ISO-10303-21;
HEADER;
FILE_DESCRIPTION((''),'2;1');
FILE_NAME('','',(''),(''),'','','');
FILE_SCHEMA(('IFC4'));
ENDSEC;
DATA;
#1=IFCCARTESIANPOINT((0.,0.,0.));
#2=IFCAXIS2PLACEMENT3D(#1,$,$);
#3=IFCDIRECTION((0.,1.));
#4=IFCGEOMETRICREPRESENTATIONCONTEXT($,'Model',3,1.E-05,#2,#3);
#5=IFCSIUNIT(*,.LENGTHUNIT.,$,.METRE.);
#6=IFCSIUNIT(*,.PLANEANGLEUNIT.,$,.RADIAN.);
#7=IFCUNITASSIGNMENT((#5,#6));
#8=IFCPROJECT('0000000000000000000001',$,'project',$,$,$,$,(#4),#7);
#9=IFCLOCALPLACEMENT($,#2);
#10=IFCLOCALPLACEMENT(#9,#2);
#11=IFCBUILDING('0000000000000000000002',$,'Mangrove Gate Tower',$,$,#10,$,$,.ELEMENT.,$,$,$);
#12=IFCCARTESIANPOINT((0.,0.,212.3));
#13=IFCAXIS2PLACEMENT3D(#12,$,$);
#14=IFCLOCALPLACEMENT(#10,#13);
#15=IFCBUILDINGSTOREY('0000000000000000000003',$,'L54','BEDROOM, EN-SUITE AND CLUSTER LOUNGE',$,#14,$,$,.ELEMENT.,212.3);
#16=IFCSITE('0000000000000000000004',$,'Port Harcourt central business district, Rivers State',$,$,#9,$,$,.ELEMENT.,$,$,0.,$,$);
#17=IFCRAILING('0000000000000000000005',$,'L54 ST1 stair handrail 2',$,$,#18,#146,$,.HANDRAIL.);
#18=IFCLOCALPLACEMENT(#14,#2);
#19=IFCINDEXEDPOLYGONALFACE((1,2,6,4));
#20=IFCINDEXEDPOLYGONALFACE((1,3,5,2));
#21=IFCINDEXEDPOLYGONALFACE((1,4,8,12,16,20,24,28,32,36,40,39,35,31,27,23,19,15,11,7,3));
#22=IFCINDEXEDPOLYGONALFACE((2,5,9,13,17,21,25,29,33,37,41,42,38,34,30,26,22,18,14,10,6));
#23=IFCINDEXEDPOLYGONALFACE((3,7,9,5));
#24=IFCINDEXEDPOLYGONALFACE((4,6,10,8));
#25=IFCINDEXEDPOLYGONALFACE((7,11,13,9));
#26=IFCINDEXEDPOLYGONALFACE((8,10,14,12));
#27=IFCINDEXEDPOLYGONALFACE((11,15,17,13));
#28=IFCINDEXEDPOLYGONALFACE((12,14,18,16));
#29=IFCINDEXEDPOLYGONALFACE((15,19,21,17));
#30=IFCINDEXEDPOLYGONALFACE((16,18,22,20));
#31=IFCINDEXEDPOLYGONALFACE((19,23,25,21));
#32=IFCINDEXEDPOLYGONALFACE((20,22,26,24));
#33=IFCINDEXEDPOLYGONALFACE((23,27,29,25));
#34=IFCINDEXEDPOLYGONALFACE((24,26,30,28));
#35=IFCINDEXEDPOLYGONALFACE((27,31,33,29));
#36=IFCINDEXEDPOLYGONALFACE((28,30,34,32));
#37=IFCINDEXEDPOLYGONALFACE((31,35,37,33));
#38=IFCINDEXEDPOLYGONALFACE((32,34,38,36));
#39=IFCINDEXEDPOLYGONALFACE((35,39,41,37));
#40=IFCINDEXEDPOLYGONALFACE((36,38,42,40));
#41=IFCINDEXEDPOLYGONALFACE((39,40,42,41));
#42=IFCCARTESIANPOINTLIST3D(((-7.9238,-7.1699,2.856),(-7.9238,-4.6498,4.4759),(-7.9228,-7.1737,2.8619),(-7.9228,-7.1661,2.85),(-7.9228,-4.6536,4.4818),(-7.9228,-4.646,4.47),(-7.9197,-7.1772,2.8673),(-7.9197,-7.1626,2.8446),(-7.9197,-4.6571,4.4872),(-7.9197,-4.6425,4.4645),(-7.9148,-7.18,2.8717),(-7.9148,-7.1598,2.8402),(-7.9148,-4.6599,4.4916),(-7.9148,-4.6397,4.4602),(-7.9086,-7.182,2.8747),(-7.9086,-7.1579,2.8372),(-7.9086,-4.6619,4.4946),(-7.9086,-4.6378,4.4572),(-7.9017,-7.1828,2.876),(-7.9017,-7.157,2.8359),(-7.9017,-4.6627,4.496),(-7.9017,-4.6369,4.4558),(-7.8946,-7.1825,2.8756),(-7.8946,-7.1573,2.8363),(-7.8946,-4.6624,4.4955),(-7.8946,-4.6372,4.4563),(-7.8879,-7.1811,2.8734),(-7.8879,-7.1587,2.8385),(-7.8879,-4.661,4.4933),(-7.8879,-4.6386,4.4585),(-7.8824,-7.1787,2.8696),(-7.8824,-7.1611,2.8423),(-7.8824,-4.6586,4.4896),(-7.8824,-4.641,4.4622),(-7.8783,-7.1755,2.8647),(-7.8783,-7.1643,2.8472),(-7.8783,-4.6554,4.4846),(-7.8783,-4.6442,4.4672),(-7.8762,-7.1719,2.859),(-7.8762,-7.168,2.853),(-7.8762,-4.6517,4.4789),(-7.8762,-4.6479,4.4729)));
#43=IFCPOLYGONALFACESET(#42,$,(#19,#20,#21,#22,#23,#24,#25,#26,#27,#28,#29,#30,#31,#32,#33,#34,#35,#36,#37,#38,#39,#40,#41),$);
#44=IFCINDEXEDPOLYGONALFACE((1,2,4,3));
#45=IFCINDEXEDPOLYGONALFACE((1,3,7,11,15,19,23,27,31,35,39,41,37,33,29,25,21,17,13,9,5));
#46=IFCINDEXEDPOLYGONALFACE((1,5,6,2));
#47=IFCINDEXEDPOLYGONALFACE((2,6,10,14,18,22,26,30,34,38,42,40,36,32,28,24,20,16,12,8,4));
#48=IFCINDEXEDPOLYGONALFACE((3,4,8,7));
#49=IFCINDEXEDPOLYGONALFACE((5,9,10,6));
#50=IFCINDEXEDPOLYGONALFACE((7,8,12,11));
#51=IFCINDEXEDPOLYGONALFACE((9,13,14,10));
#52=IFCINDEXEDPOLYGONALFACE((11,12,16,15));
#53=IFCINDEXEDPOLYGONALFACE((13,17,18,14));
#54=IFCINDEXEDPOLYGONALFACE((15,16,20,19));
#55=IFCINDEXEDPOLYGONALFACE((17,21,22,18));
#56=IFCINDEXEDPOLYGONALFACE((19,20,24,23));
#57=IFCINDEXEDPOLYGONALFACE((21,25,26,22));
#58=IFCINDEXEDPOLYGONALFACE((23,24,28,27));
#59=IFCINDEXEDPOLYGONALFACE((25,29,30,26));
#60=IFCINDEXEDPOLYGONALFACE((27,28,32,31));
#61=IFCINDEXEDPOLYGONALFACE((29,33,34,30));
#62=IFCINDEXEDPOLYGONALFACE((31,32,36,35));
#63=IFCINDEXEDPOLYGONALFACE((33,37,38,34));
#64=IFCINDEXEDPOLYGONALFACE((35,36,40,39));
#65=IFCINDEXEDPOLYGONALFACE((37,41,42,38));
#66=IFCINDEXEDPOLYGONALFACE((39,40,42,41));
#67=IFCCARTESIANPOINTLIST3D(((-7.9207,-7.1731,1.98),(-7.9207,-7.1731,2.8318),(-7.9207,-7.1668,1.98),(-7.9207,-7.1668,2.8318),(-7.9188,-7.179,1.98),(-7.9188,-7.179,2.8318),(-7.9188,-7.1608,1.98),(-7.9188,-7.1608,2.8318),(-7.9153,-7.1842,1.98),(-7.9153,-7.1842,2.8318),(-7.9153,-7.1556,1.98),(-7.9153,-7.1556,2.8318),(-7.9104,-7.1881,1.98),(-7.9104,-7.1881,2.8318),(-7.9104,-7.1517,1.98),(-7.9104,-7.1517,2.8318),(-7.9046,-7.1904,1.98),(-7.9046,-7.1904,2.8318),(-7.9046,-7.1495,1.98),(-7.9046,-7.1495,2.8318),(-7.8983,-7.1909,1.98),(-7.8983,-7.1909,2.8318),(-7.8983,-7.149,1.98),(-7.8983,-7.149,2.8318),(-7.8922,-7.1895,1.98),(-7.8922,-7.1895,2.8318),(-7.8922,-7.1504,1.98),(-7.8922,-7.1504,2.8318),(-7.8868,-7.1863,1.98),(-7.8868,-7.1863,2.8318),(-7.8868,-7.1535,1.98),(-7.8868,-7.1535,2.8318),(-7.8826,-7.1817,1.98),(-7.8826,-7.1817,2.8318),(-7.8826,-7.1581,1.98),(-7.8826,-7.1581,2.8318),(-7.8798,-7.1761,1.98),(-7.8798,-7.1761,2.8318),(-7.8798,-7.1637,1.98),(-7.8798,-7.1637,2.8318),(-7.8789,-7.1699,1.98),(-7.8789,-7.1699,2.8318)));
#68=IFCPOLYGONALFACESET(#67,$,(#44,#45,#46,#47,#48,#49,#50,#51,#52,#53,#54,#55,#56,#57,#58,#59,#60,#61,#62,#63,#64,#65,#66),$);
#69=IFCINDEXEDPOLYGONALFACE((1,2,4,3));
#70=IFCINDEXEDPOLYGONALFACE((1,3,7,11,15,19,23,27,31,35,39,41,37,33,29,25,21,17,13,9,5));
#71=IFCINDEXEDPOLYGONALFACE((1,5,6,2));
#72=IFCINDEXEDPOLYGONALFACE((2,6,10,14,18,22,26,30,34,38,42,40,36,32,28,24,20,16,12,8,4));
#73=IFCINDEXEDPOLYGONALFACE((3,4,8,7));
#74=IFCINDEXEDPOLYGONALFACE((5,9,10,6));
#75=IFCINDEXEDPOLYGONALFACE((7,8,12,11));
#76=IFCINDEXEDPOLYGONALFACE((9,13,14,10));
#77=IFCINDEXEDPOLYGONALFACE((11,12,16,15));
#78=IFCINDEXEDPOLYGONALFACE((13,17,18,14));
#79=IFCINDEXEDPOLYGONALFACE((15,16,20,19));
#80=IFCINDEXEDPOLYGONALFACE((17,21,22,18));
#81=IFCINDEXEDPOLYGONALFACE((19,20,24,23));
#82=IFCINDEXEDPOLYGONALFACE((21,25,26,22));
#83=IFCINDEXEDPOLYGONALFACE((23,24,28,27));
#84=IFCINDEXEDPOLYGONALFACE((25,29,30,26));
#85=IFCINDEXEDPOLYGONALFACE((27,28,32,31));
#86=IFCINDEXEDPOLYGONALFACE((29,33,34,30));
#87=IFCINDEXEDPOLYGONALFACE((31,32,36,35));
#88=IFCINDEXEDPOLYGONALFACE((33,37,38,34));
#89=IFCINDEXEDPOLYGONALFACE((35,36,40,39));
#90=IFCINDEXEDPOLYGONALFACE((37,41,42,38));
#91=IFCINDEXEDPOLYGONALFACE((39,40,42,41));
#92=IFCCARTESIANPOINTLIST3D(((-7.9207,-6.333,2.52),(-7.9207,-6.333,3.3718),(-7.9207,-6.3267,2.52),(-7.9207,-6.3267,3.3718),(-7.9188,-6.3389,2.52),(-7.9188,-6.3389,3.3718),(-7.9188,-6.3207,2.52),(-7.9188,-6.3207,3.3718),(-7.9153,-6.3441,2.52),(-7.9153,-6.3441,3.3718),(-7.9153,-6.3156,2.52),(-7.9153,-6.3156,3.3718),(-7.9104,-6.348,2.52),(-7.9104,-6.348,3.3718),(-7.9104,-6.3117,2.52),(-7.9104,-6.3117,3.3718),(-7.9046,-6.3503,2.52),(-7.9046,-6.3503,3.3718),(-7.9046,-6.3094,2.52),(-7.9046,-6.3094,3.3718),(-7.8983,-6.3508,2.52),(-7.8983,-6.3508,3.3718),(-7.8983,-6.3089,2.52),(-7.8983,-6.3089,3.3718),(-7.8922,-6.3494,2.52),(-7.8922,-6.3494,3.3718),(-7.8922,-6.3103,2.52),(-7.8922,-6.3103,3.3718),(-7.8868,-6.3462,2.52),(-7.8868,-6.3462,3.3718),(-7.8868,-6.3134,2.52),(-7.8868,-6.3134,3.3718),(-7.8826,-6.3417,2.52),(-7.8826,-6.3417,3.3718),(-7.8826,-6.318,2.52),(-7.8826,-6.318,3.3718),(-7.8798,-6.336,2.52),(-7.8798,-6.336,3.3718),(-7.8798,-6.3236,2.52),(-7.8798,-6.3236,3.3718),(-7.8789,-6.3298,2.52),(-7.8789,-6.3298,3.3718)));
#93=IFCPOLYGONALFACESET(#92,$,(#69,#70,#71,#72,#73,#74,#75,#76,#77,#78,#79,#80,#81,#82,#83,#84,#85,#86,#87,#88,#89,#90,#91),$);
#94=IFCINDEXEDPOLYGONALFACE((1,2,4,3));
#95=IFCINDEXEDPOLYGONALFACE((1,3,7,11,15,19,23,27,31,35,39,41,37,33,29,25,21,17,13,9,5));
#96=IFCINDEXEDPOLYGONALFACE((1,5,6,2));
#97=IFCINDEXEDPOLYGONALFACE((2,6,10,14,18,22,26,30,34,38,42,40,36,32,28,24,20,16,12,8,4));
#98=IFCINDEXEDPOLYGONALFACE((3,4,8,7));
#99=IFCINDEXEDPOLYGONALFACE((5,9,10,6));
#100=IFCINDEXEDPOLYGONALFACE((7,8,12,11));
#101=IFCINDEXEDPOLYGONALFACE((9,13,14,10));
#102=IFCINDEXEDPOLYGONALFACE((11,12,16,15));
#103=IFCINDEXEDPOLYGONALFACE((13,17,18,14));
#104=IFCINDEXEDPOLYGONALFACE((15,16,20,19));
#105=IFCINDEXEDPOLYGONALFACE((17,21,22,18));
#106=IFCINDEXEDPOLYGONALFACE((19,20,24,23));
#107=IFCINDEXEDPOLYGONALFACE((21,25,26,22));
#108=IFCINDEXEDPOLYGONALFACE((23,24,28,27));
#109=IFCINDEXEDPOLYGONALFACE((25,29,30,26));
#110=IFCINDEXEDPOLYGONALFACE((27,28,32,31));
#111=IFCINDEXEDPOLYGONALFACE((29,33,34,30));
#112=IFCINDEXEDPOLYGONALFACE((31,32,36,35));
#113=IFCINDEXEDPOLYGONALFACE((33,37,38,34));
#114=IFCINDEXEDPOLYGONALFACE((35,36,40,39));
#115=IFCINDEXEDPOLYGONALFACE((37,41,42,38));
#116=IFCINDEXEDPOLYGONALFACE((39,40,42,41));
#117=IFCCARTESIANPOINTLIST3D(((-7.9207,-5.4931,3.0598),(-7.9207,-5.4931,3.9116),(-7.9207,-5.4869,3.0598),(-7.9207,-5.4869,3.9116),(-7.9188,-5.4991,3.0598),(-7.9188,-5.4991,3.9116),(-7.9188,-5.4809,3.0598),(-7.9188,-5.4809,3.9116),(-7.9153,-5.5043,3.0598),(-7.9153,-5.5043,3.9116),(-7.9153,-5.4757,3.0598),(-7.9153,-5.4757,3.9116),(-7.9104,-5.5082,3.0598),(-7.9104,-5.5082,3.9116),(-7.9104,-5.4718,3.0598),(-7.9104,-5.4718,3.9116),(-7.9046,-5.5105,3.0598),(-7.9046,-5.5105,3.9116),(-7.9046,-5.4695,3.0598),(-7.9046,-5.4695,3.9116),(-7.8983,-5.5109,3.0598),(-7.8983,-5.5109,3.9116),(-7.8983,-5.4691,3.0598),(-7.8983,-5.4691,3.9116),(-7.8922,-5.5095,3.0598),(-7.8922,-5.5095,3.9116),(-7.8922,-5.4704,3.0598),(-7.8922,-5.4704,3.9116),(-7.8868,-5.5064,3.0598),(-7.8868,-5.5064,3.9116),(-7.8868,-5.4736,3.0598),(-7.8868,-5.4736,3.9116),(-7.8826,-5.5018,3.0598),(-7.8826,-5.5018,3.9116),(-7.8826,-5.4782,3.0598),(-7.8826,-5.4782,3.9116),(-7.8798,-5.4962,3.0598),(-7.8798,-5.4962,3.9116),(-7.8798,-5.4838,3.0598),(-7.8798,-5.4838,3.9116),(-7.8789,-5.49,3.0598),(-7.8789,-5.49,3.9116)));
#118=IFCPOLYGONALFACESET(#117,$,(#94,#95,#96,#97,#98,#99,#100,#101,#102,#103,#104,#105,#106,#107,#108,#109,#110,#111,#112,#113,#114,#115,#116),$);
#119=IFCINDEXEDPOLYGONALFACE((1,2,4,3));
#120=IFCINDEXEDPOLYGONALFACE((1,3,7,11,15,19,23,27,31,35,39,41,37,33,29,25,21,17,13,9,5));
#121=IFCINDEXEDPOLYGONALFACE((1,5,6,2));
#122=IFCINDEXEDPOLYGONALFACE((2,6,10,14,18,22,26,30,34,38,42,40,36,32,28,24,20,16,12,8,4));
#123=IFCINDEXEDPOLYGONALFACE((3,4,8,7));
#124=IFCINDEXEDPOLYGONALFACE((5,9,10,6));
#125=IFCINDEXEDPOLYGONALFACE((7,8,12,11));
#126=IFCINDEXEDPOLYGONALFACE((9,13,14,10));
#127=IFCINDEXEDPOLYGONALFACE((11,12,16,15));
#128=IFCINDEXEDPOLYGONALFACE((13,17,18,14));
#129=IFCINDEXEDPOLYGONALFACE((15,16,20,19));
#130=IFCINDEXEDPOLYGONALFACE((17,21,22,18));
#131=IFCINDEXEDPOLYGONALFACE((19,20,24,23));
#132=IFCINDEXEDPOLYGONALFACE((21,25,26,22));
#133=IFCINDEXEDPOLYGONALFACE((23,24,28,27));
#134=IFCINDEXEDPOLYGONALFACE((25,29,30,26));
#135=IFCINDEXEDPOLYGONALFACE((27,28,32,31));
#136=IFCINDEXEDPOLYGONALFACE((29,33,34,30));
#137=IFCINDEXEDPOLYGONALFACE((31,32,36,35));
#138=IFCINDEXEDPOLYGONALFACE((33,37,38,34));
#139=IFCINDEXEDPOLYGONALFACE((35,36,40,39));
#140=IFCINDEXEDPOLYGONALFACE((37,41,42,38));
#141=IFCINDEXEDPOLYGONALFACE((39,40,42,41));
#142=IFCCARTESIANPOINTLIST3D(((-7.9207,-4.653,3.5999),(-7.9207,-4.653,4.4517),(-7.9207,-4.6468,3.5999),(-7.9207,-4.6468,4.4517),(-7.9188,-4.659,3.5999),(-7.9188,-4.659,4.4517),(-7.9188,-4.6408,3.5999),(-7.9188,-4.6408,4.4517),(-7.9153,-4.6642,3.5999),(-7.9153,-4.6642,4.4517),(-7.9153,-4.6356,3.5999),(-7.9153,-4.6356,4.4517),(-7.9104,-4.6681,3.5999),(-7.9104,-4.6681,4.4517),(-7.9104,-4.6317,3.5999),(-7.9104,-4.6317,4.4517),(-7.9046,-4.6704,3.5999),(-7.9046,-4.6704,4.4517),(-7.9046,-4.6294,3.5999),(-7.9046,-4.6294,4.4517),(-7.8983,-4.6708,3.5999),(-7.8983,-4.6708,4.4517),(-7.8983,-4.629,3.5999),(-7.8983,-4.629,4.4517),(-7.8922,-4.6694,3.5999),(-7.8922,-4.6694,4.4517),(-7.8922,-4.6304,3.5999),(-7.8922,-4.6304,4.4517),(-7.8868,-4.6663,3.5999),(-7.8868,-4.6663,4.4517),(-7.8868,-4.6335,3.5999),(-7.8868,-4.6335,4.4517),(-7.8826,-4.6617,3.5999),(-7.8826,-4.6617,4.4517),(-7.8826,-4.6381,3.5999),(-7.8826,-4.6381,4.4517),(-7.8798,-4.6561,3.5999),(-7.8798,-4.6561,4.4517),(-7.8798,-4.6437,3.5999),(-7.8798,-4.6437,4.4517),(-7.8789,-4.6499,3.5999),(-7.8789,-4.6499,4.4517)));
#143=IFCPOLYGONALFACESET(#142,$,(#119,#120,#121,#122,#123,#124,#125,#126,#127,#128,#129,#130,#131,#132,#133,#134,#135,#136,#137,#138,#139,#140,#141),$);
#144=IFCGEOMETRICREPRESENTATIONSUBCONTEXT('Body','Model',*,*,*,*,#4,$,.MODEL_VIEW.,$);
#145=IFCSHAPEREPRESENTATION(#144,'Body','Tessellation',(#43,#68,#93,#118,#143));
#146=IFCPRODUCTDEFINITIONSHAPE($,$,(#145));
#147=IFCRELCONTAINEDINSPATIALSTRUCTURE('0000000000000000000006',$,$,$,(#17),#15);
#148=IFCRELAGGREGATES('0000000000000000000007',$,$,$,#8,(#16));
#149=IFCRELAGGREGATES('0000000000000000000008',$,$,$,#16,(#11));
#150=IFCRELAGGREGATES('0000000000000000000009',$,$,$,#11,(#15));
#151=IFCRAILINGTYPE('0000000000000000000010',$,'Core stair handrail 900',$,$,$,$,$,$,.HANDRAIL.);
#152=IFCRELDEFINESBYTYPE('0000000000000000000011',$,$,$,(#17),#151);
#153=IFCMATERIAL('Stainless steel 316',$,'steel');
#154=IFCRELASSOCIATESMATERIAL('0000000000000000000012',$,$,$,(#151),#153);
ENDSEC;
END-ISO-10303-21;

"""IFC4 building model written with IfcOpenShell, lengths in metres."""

from ifc_helpers import new_model, si_unit, direction, frame, origin, origin_2d, place, context, subcontext, project, spatial, circle, extrude, material, type_object, element, save


model = new_model("IFC4")

# Units and contexts
model_context = context("Model", 3, precision=1e-05, world=origin(), true_north=direction((0.0, 1.0)))
body_context = subcontext(model_context, "Body", "Model", "MODEL_VIEW")
ifc_project = project(units=[si_unit("LENGTHUNIT", "METRE"), si_unit("PLANEANGLEUNIT", "RADIAN")], contexts=[model_context])

# Site, building, storey
site_placement = place(None, origin())
site = spatial("IfcSite", under=ifc_project, at=site_placement, Name="Port Harcourt central business district, Rivers State", CompositionType="ELEMENT", RefElevation=0.0)
building_placement = place(site_placement, origin())
building = spatial("IfcBuilding", under=site, at=building_placement, Name="Mangrove Gate Tower", CompositionType="ELEMENT")
storey_placement = place(building_placement, frame((0.0, 0.0, 212.3)))
storey = spatial("IfcBuildingStorey", under=building, at=storey_placement, Name="L54", Description="BEDROOM, EN-SUITE AND CLUSTER LOUNGE", CompositionType="ELEMENT", Elevation=212.3)

# Railing
ifc_material_1 = material(Name="Stainless steel 316", Category="steel")
railing_type_1 = type_object("IfcRailingType", Name="Core stair handrail 900", PredefinedType="HANDRAIL", material=ifc_material_1)
railing_1_placement = place(storey_placement, frame((-7.8999, -7.1699, 1.98)))
element("IfcRailing", 1, at=railing_1_placement, inside=storey, type_object=railing_type_1, Name="L54 ST1 stair handrail 2", PredefinedType="HANDRAIL", context=body_context, shape_type="SweptSolid", body=[
    extrude(circle(Radius=0.0239, at=origin_2d()), frame((0.0, 0.0, 0.876), z_axis=(0.0, 0.8412, 0.540725), x_axis=(-1.0, 0.0, 0.0)), (0.0, 0.0, 1.0), 2.9958),
    extrude(circle(Radius=0.021, at=origin_2d()), origin(), (0.0, 0.0, 1.0), 0.8518),
    extrude(circle(Radius=0.021, at=origin_2d()), frame((0.0, 0.8401, 0.54)), (0.0, 0.0, 1.0), 0.8518),
    extrude(circle(Radius=0.021, at=origin_2d()), frame((0.0, 1.6799, 1.0798)), (0.0, 0.0, 1.0), 0.8518),
    extrude(circle(Radius=0.021, at=origin_2d()), frame((0.0, 2.52, 1.6199)), (0.0, 0.0, 1.0), 0.8518),
])

save(model, "model.ifc")
